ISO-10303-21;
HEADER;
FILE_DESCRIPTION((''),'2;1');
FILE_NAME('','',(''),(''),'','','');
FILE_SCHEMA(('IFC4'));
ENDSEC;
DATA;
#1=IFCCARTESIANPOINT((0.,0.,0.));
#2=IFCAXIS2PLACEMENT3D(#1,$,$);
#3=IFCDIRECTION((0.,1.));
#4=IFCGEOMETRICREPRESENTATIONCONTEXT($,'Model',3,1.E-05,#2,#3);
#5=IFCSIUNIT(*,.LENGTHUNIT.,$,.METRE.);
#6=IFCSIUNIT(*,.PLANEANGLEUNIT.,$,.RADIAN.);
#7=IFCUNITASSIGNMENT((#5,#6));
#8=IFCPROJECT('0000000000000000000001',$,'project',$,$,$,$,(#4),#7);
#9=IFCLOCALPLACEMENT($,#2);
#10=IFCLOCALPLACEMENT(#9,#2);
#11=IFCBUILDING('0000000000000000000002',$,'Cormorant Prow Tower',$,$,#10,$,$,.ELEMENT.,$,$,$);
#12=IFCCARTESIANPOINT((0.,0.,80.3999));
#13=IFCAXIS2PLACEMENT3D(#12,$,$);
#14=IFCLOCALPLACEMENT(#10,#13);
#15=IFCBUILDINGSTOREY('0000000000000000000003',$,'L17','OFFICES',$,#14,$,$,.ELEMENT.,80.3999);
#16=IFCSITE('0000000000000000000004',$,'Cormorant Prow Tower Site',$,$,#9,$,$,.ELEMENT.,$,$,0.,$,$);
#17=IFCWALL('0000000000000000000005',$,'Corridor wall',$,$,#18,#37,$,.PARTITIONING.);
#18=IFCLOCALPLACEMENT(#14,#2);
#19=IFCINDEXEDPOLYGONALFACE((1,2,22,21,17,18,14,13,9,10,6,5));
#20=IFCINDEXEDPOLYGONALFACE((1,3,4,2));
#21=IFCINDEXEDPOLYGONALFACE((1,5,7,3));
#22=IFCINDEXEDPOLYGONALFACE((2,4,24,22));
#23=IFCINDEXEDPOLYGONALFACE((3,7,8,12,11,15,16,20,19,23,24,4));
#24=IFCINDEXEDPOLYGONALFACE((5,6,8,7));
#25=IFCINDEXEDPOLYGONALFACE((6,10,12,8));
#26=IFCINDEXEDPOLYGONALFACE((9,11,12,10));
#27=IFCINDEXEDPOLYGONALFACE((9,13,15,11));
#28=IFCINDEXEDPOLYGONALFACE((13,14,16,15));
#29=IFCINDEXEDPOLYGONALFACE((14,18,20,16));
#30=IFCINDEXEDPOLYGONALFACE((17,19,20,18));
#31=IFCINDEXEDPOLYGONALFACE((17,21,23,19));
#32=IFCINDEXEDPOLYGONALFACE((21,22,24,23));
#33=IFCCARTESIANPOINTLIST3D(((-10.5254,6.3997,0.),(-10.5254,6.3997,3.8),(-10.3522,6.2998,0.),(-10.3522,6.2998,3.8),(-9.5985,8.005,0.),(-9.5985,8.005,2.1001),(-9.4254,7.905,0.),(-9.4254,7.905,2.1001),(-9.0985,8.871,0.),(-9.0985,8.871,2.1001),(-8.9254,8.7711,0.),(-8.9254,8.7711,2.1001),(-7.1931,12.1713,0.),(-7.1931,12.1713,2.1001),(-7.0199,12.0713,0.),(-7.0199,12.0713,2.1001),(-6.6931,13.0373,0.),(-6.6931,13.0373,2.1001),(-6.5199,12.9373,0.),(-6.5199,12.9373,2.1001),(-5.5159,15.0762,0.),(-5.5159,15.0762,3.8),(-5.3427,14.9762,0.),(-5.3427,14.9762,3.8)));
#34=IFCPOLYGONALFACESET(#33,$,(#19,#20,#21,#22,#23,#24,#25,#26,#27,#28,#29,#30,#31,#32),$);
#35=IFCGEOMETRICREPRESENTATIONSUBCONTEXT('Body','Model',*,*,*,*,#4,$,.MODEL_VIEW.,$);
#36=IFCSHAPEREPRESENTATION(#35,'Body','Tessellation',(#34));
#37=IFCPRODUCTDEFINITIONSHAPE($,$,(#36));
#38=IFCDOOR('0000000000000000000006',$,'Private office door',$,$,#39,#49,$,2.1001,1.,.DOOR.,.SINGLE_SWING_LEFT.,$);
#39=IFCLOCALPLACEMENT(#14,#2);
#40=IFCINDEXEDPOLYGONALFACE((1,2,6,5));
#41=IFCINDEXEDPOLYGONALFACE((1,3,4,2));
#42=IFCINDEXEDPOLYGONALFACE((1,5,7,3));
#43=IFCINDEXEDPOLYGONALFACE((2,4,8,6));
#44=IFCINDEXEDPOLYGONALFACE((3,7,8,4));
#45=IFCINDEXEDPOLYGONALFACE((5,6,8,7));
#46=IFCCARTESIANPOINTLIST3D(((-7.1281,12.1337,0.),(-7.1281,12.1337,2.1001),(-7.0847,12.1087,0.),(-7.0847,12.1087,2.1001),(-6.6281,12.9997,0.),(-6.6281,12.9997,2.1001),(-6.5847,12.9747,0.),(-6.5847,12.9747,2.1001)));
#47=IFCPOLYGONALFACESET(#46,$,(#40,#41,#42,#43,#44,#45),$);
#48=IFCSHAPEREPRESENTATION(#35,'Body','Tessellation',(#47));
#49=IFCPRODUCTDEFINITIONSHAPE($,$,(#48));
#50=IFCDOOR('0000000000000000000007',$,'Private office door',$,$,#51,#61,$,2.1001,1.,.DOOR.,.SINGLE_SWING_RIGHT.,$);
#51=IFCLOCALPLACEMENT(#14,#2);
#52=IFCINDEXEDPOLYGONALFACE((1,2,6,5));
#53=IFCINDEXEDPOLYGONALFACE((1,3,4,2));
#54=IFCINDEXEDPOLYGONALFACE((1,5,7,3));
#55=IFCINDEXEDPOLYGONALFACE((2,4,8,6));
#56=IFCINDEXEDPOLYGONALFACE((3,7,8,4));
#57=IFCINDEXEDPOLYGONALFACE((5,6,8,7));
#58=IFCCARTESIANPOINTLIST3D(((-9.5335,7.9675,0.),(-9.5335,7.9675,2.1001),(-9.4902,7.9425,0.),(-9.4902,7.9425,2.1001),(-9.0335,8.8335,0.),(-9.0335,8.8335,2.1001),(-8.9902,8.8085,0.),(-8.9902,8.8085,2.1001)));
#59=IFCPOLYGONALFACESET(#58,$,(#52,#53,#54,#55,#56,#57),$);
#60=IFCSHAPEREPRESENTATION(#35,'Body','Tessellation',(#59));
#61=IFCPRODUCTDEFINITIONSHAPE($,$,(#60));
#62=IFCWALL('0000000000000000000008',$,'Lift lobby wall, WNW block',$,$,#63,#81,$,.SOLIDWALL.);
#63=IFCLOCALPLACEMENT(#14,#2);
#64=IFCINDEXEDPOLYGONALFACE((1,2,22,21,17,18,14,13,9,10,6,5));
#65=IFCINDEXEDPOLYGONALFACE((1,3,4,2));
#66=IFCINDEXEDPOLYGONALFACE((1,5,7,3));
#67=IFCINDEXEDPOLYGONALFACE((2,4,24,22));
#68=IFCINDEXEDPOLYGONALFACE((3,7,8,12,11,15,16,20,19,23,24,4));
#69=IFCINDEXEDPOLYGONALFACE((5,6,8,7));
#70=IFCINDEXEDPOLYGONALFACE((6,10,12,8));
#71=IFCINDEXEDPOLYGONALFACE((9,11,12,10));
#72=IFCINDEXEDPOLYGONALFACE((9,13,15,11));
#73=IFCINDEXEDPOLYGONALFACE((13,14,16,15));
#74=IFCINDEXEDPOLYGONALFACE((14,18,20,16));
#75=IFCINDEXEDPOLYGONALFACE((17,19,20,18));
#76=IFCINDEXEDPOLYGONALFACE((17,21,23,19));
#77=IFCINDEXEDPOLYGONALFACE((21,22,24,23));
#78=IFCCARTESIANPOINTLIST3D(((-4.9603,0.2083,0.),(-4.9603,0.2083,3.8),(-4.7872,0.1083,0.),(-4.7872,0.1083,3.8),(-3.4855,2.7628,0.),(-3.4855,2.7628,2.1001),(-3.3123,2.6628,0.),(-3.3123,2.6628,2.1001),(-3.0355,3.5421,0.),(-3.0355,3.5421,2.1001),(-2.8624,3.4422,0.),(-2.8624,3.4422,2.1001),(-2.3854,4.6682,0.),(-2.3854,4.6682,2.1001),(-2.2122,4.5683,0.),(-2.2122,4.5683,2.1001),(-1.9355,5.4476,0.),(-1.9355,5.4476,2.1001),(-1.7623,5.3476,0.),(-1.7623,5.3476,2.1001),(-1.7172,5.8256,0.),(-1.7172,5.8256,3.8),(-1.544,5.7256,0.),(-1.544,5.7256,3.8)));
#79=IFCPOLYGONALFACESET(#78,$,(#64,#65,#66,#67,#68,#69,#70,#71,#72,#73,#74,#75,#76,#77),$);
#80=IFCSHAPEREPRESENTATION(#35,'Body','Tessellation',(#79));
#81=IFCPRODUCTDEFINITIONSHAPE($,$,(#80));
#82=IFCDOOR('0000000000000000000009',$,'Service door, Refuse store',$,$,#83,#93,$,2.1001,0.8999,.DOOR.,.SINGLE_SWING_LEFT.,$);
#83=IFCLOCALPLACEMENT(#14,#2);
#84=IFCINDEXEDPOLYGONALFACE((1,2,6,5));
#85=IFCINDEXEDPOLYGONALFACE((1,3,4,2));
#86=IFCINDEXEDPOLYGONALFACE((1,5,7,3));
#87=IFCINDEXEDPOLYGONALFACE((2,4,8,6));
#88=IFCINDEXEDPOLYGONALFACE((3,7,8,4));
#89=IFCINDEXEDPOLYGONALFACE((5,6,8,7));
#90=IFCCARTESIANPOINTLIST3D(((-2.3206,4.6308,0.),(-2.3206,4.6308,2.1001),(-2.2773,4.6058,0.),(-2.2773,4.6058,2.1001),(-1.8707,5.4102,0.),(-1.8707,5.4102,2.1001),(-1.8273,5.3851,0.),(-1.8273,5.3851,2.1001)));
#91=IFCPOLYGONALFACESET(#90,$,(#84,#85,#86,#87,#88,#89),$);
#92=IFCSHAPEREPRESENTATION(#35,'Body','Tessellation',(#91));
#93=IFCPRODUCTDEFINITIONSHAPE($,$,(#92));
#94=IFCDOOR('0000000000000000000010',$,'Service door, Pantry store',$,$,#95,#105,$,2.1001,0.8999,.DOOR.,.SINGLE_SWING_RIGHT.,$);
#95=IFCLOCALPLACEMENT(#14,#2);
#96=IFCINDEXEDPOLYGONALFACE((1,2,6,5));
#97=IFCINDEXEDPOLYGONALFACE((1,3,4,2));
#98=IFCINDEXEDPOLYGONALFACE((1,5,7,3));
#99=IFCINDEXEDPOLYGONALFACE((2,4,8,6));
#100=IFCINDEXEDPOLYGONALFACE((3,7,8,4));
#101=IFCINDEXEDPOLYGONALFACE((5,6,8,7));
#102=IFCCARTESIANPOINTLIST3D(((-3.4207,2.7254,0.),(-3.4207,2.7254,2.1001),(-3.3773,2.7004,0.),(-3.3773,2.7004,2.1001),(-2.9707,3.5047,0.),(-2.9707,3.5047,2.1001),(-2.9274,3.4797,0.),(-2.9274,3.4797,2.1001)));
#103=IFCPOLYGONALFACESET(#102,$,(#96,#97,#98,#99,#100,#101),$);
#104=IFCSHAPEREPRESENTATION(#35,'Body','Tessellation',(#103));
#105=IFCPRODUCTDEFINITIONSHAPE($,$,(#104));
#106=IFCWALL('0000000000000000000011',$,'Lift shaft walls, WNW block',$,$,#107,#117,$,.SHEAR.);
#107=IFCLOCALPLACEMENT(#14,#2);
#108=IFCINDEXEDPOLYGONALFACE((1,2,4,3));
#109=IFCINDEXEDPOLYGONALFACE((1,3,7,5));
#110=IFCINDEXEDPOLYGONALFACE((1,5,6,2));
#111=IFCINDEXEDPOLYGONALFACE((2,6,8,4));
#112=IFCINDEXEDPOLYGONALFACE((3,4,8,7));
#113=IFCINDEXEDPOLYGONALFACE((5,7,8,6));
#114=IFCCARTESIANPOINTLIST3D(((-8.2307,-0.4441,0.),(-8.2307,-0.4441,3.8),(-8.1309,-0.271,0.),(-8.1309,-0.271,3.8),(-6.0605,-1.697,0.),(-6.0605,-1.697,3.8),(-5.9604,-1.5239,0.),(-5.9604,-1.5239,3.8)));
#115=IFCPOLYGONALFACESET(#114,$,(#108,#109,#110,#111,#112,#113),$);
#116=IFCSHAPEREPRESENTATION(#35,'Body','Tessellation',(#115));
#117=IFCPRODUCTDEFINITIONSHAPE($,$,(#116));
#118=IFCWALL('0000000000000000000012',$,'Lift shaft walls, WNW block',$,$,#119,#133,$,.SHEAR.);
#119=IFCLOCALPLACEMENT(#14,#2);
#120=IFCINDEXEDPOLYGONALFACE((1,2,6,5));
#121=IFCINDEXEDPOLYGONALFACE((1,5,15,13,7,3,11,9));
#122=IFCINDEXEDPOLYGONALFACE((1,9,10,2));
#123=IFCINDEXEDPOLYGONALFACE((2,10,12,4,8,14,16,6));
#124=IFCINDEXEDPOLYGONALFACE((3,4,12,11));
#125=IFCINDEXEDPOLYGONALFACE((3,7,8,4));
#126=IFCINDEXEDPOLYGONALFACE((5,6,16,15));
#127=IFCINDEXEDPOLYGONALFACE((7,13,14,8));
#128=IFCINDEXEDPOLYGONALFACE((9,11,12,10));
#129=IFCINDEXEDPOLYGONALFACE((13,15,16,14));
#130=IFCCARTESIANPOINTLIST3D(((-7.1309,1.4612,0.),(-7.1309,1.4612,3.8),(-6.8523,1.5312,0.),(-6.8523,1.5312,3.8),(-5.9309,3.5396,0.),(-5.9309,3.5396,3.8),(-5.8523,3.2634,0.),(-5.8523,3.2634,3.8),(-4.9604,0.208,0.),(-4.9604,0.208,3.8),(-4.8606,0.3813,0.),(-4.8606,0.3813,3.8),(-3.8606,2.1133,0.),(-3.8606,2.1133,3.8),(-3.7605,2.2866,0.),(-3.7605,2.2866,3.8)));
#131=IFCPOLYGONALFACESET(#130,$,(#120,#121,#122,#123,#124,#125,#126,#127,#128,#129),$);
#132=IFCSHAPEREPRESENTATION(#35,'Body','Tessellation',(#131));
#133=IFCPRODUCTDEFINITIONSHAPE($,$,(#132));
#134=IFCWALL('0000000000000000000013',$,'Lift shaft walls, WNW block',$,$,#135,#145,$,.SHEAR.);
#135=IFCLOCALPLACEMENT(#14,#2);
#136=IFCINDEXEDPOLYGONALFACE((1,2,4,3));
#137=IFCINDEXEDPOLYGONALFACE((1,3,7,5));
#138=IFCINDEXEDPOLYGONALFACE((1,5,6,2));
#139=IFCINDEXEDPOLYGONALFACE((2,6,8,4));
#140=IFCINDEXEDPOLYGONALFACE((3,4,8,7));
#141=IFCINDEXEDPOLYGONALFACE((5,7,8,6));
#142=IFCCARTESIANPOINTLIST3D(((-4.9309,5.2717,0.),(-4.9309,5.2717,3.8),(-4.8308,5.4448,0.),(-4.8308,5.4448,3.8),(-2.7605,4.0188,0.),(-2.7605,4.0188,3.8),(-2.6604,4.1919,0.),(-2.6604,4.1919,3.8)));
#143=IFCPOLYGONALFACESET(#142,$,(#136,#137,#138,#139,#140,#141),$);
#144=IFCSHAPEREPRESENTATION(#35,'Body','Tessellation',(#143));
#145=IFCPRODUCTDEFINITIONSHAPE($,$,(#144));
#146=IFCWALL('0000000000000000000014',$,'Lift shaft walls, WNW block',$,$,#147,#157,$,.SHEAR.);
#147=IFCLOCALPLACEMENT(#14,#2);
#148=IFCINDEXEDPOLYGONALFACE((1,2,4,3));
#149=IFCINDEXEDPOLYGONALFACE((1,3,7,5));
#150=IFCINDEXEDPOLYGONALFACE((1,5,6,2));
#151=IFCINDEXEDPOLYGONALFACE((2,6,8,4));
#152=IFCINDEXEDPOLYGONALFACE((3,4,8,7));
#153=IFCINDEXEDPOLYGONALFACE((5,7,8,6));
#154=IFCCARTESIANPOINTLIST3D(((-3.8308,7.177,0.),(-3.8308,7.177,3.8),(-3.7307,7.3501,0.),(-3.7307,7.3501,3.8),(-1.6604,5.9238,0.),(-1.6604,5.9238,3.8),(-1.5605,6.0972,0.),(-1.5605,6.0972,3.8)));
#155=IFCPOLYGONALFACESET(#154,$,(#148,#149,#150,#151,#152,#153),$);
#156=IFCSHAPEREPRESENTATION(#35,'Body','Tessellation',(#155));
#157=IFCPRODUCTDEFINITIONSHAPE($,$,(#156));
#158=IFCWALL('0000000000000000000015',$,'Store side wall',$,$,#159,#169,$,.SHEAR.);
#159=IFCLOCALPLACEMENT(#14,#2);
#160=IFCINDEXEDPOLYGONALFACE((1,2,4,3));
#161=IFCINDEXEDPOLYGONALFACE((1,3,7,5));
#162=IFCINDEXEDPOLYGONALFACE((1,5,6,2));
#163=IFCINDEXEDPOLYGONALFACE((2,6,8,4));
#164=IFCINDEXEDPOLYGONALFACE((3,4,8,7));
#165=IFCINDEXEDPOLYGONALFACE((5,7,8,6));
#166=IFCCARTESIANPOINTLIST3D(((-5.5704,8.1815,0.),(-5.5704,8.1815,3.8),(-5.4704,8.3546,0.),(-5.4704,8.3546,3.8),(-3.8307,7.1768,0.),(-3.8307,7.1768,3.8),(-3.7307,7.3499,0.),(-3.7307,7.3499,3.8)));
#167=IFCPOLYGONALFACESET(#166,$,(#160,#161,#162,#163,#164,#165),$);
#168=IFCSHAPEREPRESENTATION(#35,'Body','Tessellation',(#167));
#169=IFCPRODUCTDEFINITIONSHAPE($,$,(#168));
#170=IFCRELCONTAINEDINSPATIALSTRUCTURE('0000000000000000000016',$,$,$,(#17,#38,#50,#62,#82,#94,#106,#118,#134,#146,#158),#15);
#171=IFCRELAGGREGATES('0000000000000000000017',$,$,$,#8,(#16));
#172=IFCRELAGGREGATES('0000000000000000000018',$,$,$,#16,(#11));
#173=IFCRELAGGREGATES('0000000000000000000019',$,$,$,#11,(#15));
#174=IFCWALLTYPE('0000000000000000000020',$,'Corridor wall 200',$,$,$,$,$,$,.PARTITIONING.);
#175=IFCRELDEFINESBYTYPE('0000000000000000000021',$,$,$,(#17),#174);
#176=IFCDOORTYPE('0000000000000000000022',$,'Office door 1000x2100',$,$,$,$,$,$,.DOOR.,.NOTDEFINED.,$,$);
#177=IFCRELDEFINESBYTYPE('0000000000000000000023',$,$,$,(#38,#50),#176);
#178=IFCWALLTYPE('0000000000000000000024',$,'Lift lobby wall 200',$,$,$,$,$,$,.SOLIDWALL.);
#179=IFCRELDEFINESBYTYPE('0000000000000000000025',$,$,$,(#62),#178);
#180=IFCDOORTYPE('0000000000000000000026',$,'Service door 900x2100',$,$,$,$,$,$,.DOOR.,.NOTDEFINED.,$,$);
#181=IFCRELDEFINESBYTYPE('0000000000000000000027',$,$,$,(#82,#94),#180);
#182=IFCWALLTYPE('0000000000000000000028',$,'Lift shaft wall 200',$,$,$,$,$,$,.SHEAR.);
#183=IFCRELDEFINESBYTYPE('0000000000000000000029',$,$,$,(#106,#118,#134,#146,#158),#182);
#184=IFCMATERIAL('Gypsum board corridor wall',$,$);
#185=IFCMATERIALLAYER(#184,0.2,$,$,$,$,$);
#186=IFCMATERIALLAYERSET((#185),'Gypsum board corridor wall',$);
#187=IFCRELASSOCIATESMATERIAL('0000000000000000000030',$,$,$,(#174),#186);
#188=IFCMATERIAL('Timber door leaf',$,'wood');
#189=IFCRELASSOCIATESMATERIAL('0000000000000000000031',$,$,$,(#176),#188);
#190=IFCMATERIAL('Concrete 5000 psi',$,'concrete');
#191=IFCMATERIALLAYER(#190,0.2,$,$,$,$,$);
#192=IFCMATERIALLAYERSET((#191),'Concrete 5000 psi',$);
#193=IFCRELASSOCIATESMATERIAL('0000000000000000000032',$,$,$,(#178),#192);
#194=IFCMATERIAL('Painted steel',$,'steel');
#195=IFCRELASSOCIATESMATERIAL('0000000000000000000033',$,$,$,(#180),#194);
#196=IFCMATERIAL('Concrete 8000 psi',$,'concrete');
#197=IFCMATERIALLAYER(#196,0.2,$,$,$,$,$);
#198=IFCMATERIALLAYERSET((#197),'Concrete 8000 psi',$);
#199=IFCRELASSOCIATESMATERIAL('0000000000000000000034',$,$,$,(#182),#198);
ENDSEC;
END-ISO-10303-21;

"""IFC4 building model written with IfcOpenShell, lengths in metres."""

from ifc_helpers import new_model, si_unit, direction, frame, frame_2d, origin, place, context, subcontext, project, spatial, polyline, rectangle, outline, extrude, material, layer, layer_set, type_object, element, fill, save


model = new_model("IFC4")

# Units and contexts
model_context = context("Model", 3, precision=1e-05, world=origin(), true_north=direction((0.0, 1.0)))
body_context = subcontext(model_context, "Body", "Model", "MODEL_VIEW")
ifc_project = project(units=[si_unit("LENGTHUNIT", "METRE"), si_unit("PLANEANGLEUNIT", "RADIAN")], contexts=[model_context])

# Site, building, storey
site_placement = place(None, origin())
site = spatial("IfcSite", under=ifc_project, at=site_placement, Name="Cormorant Prow Tower Site", CompositionType="ELEMENT", RefElevation=0.0)
building_placement = place(site_placement, origin())
building = spatial("IfcBuilding", under=site, at=building_placement, Name="Cormorant Prow Tower", CompositionType="ELEMENT")
storey_placement = place(building_placement, frame((0.0, 0.0, 80.3999)))
storey = spatial("IfcBuildingStorey", under=building, at=storey_placement, Name="L17", Description="OFFICES", CompositionType="ELEMENT", Elevation=80.3999)

# Walls, openings, doors
ifc_material_1 = material(Name="Gypsum board corridor wall")
ifc_layer_1 = layer(ifc_material_1, 0.2)
ifc_layer_set_1 = layer_set([ifc_layer_1], Name="Gypsum board corridor wall")
wall_type_1 = type_object("IfcWallType", Name="Corridor wall 200", PredefinedType="PARTITIONING", material=ifc_layer_set_1)
wall_1_placement = place(storey_placement, frame((-10.4387, 6.3499, 0.0), z_axis=(0.0, 0.0, 1.0), x_axis=(0.50001, 0.86602, 0.0)))
wall_1 = element("IfcWall", 1, at=wall_1_placement, inside=storey, type_object=wall_type_1, Name="Corridor wall", PredefinedType="PARTITIONING", context=body_context, shape_type="SweptSolid", body=[
    extrude(rectangle(XDim=10.0188, YDim=0.2, at=frame_2d((5.0093, 0.0))), origin(), (0.0, 0.0, 1.0), 3.8),
])
opening_1_placement = place(wall_1_placement, frame((6.6643, 0.0, 0.0)))
opening_1 = element("IfcOpeningElement", 2, at=opening_1_placement, cuts=wall_1, PredefinedType="OPENING", context=body_context, shape_type="SweptSolid", body=[
    extrude(rectangle(XDim=1.0, YDim=2.1001, at=frame_2d((0.5, 1.05))), frame((0.0, 0.1099, 0.0), z_axis=(0.0, -1.0, 0.0), x_axis=(1.0, 0.0, 0.0)), (0.0, 0.0, 1.0), 0.22),
])
opening_2_placement = place(wall_1_placement, frame((1.8535, 0.0, 0.0)))
opening_2 = element("IfcOpeningElement", 3, at=opening_2_placement, cuts=wall_1, PredefinedType="OPENING", context=body_context, shape_type="SweptSolid", body=[
    extrude(rectangle(XDim=1.0, YDim=2.1001, at=frame_2d((0.5, 1.05))), frame((0.0, 0.1099, 0.0), z_axis=(0.0, -1.0, 0.0), x_axis=(1.0, 0.0, 0.0)), (0.0, 0.0, 1.0), 0.22),
])
ifc_material_2 = material(Name="Timber door leaf", Category="wood")
door_type_1 = type_object("IfcDoorType", Name="Office door 1000x2100", OperationType="NOTDEFINED", PredefinedType="DOOR", material=ifc_material_2)
door_1_placement = place(opening_1_placement, origin())
door_1 = element("IfcDoor", 4, at=door_1_placement, inside=storey, type_object=door_type_1, Name="Private office door", OperationType="SINGLE_SWING_LEFT", OverallHeight=2.1001, OverallWidth=1.0, PredefinedType="DOOR", context=body_context, shape_type="SweptSolid", body=[
    extrude(rectangle(XDim=1.0, YDim=2.1001, at=frame_2d((0.5, 1.05))), frame((0.0, 0.0249, 0.0), z_axis=(0.0, -1.0, 0.0), x_axis=(1.0, 0.0, 0.0)), (0.0, 0.0, 1.0), 0.05),
])
fill(opening_1, door_1)
door_2_placement = place(opening_2_placement, origin())
door_2 = element("IfcDoor", 5, at=door_2_placement, inside=storey, type_object=door_type_1, Name="Private office door", OperationType="SINGLE_SWING_RIGHT", OverallHeight=2.1001, OverallWidth=1.0, PredefinedType="DOOR", context=body_context, shape_type="SweptSolid", body=[
    extrude(rectangle(XDim=1.0, YDim=2.1001, at=frame_2d((0.5, 1.05))), frame((0.0, 0.0249, 0.0), z_axis=(0.0, -1.0, 0.0), x_axis=(1.0, 0.0, 0.0)), (0.0, 0.0, 1.0), 0.05),
])
fill(opening_2, door_2)
ifc_material_3 = material(Name="Concrete 5000 psi", Category="concrete")
ifc_layer_2 = layer(ifc_material_3, 0.2)
ifc_layer_set_2 = layer_set([ifc_layer_2], Name="Concrete 5000 psi")
wall_type_2 = type_object("IfcWallType", Name="Lift lobby wall 200", PredefinedType="SOLIDWALL", material=ifc_layer_set_2)
wall_2_placement = place(storey_placement, frame((-1.6306, 5.7756, 0.0), z_axis=(0.0, 0.0, 1.0), x_axis=(-0.499993, -0.86603, 0.0)))
wall_2 = element("IfcWall", 6, at=wall_2_placement, inside=storey, type_object=wall_type_2, Name="Lift lobby wall, WNW block", PredefinedType="SOLIDWALL", context=body_context, shape_type="SweptSolid", body=[
    extrude(rectangle(XDim=6.4863, YDim=0.2, at=frame_2d((3.2432, 0.0))), origin(), (0.0, 0.0, 1.0), 3.8),
])
opening_3_placement = place(wall_2_placement, frame((0.4365, 0.0, 0.0)))
opening_3 = element("IfcOpeningElement", 7, at=opening_3_placement, cuts=wall_2, PredefinedType="OPENING", context=body_context, shape_type="SweptSolid", body=[
    extrude(rectangle(XDim=0.8999, YDim=2.1001, at=frame_2d((0.45, 1.05))), frame((0.0, 0.1099, 0.0), z_axis=(0.0, -1.0, 0.0), x_axis=(1.0, 0.0, 0.0)), (0.0, 0.0, 1.0), 0.22),
])
opening_4_placement = place(wall_2_placement, frame((2.6367, 0.0, 0.0)))
opening_4 = element("IfcOpeningElement", 8, at=opening_4_placement, cuts=wall_2, PredefinedType="OPENING", context=body_context, shape_type="SweptSolid", body=[
    extrude(rectangle(XDim=0.8999, YDim=2.1001, at=frame_2d((0.45, 1.05))), frame((0.0, 0.1099, 0.0), z_axis=(0.0, -1.0, 0.0), x_axis=(1.0, 0.0, 0.0)), (0.0, 0.0, 1.0), 0.22),
])
ifc_material_4 = material(Name="Painted steel", Category="steel")
door_type_2 = type_object("IfcDoorType", Name="Service door 900x2100", OperationType="NOTDEFINED", PredefinedType="DOOR", material=ifc_material_4)
door_3_placement = place(opening_3_placement, origin())
door_3 = element("IfcDoor", 9, at=door_3_placement, inside=storey, type_object=door_type_2, Name="Service door, Refuse store", OperationType="SINGLE_SWING_LEFT", OverallHeight=2.1001, OverallWidth=0.8999, PredefinedType="DOOR", context=body_context, shape_type="SweptSolid", body=[
    extrude(rectangle(XDim=0.8999, YDim=2.1001, at=frame_2d((0.45, 1.05))), frame((0.0, 0.0249, 0.0), z_axis=(0.0, -1.0, 0.0), x_axis=(1.0, 0.0, 0.0)), (0.0, 0.0, 1.0), 0.05),
])
fill(opening_3, door_3)
door_4_placement = place(opening_4_placement, origin())
door_4 = element("IfcDoor", 10, at=door_4_placement, inside=storey, type_object=door_type_2, Name="Service door, Pantry store", OperationType="SINGLE_SWING_RIGHT", OverallHeight=2.1001, OverallWidth=0.8999, PredefinedType="DOOR", context=body_context, shape_type="SweptSolid", body=[
    extrude(rectangle(XDim=0.8999, YDim=2.1001, at=frame_2d((0.45, 1.05))), frame((0.0, 0.0249, 0.0), z_axis=(0.0, -1.0, 0.0), x_axis=(1.0, 0.0, 0.0)), (0.0, 0.0, 1.0), 0.05),
])
fill(opening_4, door_4)

# Walls
ifc_material_5 = material(Name="Concrete 8000 psi", Category="concrete")
ifc_layer_3 = layer(ifc_material_5, 0.2)
ifc_layer_set_3 = layer_set([ifc_layer_3], Name="Concrete 8000 psi")
wall_type_3 = type_object("IfcWallType", Name="Lift shaft wall 200", PredefinedType="SHEAR", material=ifc_layer_set_3)
wall_3_placement = place(storey_placement, origin())
element("IfcWall", 11, at=wall_3_placement, inside=storey, type_object=wall_type_3, Name="Lift shaft walls, WNW block", PredefinedType="SHEAR", context=body_context, shape_type="SweptSolid", body=[
    extrude(outline(polyline([(-6.0605, -1.697), (-8.2307, -0.4441), (-8.1309, -0.271), (-5.9604, -1.5239), (-6.0605, -1.697)])), origin(), (0.0, 0.0, 1.0), 3.8),
])
wall_4_placement = place(storey_placement, origin())
element("IfcWall", 12, at=wall_4_placement, inside=storey, type_object=wall_type_3, Name="Lift shaft walls, WNW block", PredefinedType="SHEAR", context=body_context, shape_type="SweptSolid", body=[
    extrude(outline(polyline([(-4.9604, 0.208), (-7.1309, 1.4612), (-5.9309, 3.5396), (-3.7605, 2.2866), (-3.8606, 2.1133), (-5.8523, 3.2634), (-6.8523, 1.5312), (-4.8606, 0.3813), (-4.9604, 0.208)])), origin(), (0.0, 0.0, 1.0), 3.8),
])
wall_5_placement = place(storey_placement, origin())
element("IfcWall", 13, at=wall_5_placement, inside=storey, type_object=wall_type_3, Name="Lift shaft walls, WNW block", PredefinedType="SHEAR", context=body_context, shape_type="SweptSolid", body=[
    extrude(outline(polyline([(-2.7605, 4.0188), (-4.9309, 5.2717), (-4.8308, 5.4448), (-2.6604, 4.1919), (-2.7605, 4.0188)])), origin(), (0.0, 0.0, 1.0), 3.8),
])
wall_6_placement = place(storey_placement, origin())
element("IfcWall", 14, at=wall_6_placement, inside=storey, type_object=wall_type_3, Name="Lift shaft walls, WNW block", PredefinedType="SHEAR", context=body_context, shape_type="SweptSolid", body=[
    extrude(outline(polyline([(-3.7307, 7.3501), (-1.5605, 6.0972), (-1.6604, 5.9238), (-3.8308, 7.177), (-3.7307, 7.3501)])), origin(), (0.0, 0.0, 1.0), 3.8),
])
wall_7_placement = place(storey_placement, frame((-3.7808, 7.2634, 0.0), z_axis=(0.0, 0.0, 1.0), x_axis=(-0.865983, 0.500073, 0.0)))
element("IfcWall", 15, at=wall_7_placement, inside=storey, type_object=wall_type_3, Name="Store side wall", PredefinedType="SHEAR", context=body_context, shape_type="SweptSolid", body=[
    extrude(rectangle(XDim=2.009, YDim=0.2, at=frame_2d((1.0044, 0.0))), origin(), (0.0, 0.0, 1.0), 3.8),
])

save(model, "model.ifc")
